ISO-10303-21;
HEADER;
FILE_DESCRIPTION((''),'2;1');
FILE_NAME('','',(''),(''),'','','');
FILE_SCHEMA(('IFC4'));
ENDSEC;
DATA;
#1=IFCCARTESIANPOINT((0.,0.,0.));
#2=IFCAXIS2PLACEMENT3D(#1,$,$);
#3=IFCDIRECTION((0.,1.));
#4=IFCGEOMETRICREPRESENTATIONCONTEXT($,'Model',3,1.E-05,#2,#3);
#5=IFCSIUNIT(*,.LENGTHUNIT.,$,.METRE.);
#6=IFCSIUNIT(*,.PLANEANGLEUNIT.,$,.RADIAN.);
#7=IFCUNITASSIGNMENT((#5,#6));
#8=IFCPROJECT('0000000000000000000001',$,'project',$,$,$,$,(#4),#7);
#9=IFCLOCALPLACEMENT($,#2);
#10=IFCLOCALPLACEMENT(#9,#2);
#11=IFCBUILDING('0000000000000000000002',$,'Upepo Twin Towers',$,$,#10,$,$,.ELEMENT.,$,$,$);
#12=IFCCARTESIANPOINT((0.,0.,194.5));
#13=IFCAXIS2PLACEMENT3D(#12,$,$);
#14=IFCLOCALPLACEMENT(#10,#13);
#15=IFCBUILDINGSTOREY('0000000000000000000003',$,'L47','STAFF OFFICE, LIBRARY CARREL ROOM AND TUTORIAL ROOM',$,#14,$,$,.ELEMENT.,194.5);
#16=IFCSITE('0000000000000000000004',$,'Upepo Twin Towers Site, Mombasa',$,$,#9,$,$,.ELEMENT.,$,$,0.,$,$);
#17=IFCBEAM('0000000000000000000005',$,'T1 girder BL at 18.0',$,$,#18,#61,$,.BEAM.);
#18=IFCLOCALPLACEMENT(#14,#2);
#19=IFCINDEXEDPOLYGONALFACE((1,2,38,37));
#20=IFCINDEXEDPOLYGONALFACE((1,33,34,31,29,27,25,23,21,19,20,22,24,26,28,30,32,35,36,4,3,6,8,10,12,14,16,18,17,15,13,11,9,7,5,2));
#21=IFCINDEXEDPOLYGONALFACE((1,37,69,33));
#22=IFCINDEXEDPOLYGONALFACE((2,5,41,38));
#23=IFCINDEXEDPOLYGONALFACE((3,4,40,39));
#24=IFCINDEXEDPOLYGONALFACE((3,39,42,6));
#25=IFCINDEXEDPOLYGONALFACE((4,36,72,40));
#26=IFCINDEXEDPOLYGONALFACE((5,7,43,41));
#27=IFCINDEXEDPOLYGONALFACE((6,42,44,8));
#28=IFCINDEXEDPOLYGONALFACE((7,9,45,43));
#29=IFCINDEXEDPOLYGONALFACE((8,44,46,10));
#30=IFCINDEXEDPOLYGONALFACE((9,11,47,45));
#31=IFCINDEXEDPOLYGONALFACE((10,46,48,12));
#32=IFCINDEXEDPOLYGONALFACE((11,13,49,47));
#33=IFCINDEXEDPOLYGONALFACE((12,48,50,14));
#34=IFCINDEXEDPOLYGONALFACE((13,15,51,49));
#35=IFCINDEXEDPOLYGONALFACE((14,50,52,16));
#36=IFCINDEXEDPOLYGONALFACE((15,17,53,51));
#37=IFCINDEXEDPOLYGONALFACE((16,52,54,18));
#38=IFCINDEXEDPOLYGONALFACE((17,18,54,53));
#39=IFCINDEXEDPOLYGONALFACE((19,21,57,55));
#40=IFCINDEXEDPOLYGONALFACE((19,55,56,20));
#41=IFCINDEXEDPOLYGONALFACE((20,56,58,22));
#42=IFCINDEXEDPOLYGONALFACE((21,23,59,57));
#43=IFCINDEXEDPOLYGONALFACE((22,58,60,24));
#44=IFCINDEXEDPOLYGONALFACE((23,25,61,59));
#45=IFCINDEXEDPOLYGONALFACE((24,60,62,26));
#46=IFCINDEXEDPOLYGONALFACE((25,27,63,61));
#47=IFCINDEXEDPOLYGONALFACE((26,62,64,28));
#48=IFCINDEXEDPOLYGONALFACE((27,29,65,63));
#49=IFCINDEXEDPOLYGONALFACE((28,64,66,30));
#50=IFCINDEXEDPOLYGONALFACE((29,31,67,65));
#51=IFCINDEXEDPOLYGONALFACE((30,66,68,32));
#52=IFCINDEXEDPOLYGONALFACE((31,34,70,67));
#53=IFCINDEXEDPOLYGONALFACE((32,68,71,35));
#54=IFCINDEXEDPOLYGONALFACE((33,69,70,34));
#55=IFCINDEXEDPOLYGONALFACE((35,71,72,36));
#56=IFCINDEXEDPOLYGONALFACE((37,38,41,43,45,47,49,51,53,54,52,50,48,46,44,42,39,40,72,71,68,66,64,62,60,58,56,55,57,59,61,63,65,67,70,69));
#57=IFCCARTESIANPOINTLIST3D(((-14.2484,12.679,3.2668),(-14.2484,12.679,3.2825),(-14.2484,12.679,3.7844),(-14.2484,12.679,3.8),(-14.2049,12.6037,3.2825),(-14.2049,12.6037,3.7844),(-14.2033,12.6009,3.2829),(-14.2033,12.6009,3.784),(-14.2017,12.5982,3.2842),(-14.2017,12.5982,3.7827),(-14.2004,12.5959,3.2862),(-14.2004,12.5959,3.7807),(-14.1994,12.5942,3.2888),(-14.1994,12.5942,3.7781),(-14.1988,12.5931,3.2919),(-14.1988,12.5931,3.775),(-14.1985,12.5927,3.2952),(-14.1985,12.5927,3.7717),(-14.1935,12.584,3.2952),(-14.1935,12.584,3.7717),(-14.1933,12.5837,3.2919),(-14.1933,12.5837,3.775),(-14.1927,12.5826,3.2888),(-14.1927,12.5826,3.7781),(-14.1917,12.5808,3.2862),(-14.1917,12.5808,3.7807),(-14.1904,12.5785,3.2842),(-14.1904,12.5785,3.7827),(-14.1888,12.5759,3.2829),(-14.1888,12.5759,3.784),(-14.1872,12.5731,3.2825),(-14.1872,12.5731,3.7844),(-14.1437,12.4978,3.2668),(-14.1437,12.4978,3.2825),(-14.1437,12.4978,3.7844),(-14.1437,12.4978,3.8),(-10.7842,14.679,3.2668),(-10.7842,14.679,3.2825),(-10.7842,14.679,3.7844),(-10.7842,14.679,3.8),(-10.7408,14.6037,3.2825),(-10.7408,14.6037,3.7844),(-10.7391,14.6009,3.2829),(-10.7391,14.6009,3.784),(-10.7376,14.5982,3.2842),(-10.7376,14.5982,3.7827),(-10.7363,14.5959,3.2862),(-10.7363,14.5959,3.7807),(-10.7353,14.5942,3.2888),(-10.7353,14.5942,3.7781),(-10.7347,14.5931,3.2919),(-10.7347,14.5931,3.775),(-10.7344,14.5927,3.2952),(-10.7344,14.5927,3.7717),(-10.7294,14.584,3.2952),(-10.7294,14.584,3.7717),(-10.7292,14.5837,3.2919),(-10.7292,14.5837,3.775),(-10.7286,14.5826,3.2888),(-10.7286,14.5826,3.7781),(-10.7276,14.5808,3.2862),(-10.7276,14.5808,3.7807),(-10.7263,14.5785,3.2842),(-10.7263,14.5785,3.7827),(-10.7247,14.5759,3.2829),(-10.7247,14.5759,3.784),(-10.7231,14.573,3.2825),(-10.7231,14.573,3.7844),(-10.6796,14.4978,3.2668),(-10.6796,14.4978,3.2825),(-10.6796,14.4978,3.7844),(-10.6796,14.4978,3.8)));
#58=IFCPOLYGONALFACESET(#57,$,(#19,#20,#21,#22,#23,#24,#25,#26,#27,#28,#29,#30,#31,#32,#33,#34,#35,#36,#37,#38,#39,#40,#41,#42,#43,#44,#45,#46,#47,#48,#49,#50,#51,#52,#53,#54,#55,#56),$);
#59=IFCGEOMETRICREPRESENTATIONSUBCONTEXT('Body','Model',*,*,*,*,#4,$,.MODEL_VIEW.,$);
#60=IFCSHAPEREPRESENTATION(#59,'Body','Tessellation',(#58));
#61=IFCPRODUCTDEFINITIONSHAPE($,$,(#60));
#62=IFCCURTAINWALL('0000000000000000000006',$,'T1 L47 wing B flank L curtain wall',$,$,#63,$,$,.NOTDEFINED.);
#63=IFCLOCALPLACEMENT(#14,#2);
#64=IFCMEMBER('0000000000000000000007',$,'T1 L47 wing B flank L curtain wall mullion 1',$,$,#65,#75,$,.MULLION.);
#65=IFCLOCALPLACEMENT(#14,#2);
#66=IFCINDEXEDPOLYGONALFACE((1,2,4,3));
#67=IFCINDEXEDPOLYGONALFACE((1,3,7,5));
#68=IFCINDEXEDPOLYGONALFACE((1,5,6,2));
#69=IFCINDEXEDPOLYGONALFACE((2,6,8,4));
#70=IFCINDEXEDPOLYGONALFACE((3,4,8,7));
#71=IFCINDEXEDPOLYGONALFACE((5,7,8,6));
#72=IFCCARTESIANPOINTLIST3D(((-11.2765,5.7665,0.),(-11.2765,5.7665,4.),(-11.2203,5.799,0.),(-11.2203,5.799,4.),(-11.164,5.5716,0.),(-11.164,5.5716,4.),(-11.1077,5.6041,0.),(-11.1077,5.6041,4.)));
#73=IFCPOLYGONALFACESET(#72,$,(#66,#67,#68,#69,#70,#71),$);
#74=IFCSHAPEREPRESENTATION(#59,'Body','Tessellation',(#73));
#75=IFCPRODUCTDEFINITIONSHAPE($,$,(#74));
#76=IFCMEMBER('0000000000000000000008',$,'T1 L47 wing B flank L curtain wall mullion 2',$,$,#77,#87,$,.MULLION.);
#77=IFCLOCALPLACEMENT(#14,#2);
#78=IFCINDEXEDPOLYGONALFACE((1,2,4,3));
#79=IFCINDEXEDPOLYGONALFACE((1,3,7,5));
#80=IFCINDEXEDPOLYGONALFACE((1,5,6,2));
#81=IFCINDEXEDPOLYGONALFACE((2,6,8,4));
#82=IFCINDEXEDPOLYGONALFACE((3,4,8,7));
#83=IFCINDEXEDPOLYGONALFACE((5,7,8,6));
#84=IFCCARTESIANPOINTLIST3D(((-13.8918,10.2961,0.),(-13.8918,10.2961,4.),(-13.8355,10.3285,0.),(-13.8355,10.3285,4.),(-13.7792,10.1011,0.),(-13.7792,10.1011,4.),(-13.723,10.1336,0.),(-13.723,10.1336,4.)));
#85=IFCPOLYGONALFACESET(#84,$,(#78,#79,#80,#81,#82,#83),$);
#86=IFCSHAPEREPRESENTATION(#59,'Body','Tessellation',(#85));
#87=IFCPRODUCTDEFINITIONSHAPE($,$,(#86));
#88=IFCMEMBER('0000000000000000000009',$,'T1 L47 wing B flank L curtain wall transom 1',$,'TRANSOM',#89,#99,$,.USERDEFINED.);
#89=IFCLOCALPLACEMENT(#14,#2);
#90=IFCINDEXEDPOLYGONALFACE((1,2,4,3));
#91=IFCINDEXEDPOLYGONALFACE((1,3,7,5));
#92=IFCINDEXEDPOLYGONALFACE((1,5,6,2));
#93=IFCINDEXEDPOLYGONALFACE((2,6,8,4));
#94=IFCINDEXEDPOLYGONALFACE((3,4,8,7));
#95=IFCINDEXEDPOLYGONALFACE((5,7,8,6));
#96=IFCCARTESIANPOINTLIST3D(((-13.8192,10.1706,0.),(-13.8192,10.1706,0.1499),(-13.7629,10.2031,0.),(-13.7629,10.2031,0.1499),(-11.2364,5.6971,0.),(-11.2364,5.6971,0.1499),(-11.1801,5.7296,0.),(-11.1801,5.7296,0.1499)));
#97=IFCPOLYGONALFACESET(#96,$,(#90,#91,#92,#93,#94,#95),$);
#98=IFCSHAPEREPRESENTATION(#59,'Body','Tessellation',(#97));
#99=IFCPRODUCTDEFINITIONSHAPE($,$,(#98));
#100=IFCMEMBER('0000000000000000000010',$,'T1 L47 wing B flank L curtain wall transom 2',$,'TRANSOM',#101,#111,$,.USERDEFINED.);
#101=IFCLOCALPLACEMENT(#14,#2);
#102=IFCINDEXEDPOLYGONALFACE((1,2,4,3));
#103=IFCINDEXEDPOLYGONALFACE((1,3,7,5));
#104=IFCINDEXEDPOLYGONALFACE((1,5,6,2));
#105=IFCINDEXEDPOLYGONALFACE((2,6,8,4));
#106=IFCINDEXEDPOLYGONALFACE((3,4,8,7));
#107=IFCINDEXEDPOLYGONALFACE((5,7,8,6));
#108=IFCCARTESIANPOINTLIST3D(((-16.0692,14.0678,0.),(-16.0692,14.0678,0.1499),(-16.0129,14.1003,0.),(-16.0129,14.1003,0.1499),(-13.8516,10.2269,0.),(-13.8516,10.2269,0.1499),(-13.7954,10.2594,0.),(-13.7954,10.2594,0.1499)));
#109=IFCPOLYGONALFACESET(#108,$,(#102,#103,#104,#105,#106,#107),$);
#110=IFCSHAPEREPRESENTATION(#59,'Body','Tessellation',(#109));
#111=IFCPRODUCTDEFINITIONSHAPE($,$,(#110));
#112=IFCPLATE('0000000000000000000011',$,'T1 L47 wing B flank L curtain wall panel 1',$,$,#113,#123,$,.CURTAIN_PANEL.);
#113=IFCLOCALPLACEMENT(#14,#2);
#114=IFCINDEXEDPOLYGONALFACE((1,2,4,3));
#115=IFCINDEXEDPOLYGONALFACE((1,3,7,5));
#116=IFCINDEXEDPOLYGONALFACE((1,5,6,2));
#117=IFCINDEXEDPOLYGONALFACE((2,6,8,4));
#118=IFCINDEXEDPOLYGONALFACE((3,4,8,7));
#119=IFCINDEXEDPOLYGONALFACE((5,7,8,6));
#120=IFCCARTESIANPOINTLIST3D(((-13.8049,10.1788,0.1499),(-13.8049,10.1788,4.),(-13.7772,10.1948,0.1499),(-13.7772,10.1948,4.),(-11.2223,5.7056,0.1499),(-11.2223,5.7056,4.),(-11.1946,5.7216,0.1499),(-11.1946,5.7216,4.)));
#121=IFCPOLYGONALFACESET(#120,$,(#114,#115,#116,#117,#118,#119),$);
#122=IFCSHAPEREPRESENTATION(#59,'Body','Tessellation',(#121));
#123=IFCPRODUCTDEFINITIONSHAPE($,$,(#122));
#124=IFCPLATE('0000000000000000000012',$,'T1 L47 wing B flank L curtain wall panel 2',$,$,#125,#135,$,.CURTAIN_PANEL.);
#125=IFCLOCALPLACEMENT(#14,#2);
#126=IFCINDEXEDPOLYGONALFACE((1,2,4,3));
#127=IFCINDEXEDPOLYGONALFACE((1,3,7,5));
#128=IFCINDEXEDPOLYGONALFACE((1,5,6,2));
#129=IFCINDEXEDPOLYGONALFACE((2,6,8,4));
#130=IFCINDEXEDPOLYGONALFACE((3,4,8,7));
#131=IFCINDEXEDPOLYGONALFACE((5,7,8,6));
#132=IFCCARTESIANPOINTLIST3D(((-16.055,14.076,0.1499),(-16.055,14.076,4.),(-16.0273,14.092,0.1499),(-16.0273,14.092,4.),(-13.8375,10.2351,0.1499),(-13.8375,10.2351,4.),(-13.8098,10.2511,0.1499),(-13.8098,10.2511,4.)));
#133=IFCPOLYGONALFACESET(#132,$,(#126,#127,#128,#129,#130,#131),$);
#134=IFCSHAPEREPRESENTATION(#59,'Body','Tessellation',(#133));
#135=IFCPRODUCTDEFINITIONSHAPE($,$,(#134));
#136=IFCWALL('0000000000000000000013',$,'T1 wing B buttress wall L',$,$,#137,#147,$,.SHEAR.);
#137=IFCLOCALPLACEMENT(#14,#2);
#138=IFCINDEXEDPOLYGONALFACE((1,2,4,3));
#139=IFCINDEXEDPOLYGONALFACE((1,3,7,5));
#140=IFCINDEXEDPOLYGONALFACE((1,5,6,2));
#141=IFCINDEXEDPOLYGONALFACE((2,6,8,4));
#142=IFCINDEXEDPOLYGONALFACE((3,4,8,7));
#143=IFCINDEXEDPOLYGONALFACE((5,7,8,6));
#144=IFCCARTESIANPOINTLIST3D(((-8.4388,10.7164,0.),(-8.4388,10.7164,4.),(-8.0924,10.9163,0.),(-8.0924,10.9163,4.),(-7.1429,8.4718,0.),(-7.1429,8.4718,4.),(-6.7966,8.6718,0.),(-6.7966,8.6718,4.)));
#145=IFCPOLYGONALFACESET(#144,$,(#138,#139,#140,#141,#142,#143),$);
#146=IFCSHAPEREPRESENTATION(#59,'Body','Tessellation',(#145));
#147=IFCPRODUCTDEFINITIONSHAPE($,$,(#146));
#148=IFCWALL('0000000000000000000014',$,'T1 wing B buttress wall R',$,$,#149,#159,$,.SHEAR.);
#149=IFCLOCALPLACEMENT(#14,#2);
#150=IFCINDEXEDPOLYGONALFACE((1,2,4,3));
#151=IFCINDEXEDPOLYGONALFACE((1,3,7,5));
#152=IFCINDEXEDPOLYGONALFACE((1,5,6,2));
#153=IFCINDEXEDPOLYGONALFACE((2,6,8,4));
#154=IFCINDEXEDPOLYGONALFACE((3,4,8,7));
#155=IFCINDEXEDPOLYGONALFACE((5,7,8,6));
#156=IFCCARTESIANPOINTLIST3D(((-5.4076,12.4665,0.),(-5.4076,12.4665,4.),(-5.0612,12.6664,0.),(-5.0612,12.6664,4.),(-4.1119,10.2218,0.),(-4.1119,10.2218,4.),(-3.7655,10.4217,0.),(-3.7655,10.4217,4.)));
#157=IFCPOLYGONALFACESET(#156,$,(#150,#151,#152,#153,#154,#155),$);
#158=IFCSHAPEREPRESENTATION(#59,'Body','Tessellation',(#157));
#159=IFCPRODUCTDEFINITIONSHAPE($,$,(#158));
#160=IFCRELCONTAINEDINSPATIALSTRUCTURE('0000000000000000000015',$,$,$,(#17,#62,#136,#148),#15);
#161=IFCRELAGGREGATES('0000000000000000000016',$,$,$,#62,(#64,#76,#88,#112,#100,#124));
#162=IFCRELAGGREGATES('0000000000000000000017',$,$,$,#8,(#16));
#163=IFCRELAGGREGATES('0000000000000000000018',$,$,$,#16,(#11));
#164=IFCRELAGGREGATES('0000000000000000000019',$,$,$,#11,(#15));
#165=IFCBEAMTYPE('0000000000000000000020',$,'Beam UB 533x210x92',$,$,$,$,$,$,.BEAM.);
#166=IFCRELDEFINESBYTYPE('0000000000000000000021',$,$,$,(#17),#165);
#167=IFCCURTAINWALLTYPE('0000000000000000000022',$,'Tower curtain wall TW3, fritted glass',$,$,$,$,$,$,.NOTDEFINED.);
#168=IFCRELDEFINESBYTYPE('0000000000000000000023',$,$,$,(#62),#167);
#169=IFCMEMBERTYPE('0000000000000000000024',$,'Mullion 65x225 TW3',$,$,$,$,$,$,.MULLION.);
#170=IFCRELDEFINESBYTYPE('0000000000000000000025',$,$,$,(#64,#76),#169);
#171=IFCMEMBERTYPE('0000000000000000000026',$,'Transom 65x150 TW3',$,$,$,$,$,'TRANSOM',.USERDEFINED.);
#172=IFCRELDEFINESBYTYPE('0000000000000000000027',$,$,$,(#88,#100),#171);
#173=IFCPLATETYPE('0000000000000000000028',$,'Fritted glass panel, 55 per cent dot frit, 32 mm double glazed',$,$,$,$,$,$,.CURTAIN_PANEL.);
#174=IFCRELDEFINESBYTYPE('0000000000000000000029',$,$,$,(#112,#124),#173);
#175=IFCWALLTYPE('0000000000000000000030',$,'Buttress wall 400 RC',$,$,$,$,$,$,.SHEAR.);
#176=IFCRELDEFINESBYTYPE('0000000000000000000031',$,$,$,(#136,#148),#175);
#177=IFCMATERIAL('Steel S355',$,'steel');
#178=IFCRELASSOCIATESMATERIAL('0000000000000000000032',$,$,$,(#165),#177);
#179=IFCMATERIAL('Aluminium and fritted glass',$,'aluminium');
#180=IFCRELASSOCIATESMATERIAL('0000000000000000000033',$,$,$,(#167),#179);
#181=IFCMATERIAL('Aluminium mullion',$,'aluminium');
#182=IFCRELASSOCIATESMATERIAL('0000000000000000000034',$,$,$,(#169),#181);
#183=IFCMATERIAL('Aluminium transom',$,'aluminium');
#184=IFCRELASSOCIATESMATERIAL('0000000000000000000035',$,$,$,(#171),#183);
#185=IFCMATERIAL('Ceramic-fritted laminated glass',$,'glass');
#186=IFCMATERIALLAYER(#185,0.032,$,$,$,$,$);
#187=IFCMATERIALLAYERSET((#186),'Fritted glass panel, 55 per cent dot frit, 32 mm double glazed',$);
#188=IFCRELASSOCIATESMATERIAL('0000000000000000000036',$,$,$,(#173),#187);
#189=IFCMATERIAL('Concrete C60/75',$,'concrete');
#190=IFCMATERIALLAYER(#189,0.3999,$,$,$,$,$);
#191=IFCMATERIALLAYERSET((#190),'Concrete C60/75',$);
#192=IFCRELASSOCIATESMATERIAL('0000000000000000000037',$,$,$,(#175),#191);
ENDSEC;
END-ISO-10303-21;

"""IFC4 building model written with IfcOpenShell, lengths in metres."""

from ifc_helpers import new_model, si_unit, direction, frame, frame_2d, origin, origin_2d, place, context, subcontext, project, spatial, rectangle, i_section, extrude, material, layer, layer_set, material_profile, profile_set, type_object, element, aggregate, save


model = new_model("IFC4")

# Units and contexts
model_context = context("Model", 3, precision=1e-05, world=origin(), true_north=direction((0.0, 1.0)))
body_context = subcontext(model_context, "Body", "Model", "MODEL_VIEW")
ifc_project = project(units=[si_unit("LENGTHUNIT", "METRE"), si_unit("PLANEANGLEUNIT", "RADIAN")], contexts=[model_context])

# Site, building, storey
site_placement = place(None, origin())
site = spatial("IfcSite", under=ifc_project, at=site_placement, Name="Upepo Twin Towers Site, Mombasa", CompositionType="ELEMENT", RefElevation=0.0)
building_placement = place(site_placement, origin())
building = spatial("IfcBuilding", under=site, at=building_placement, Name="Upepo Twin Towers", CompositionType="ELEMENT")
storey_placement = place(building_placement, frame((0.0, 0.0, 194.5)))
storey = spatial("IfcBuildingStorey", under=building, at=storey_placement, Name="L47", Description="STAFF OFFICE, LIBRARY CARREL ROOM AND TUTORIAL ROOM", CompositionType="ELEMENT", Elevation=194.5)

# Beam
ifc_material_1 = material(Name="Steel S355", Category="steel")
ifc_material_profile_1 = material_profile(ifc_material_1, i_section(OverallWidth=0.2092, OverallDepth=0.5332, WebThickness=0.01, FlangeThickness=0.0156, FilletRadius=0.0127, at=origin_2d()), Name="UB 533x210x92")
ifc_profile_set_1 = profile_set([ifc_material_profile_1], Name="Steel S355")
beam_type_1 = type_object("IfcBeamType", Name="Beam UB 533x210x92", PredefinedType="BEAM", material=ifc_profile_set_1)
for number, where, z_axis, x_axis, name in (
    (1, (-14.196, 12.5884, 3.5334), (0.866026, 0.499999, 0.0), (-0.499999, 0.866026, 0.0), "T1 girder BL at 18.0"),
):
    element("IfcBeam", number, at=place(storey_placement, frame(where, z_axis=z_axis, x_axis=x_axis)), inside=storey, type_object=beam_type_1, Name=name, PredefinedType="BEAM", context=body_context, shape_type="SweptSolid", body=[
        extrude(i_section(OverallWidth=0.2092, OverallDepth=0.5332, WebThickness=0.01, FlangeThickness=0.0156, FilletRadius=0.0127, at=origin_2d()), origin(), (0.0, 0.0, 1.0), 4.0),
    ])

# Curtain wall, members, plates
ifc_material_2 = material(Name="Aluminium and fritted glass", Category="aluminium")
curtain_wall_type = type_object("IfcCurtainWallType", Name="Tower curtain wall TW3, fritted glass", PredefinedType="NOTDEFINED", material=ifc_material_2)
curtain_wall_placement = place(storey_placement, origin())
curtain_wall = element("IfcCurtainWall", 2, at=curtain_wall_placement, inside=storey, type_object=curtain_wall_type, Name="T1 L47 wing B flank L curtain wall", PredefinedType="NOTDEFINED")
ifc_material_3 = material(Name="Aluminium mullion", Category="aluminium")
ifc_material_profile_2 = material_profile(ifc_material_3, rectangle(XDim=0.0649, YDim=0.2251, at=origin_2d()), Name="MULLION 65x225")
ifc_profile_set_2 = profile_set([ifc_material_profile_2], Name="Aluminium mullion")
member_type_1 = type_object("IfcMemberType", Name="Mullion 65x225 TW3", PredefinedType="MULLION", material=ifc_profile_set_2)
member_1_placement = place(storey_placement, frame((-11.1921, 5.6853, 0.0), z_axis=(0.0, 0.0, 1.0), x_axis=(-0.866025, -0.5, 0.0)))
member_1 = element("IfcMember", 3, at=member_1_placement, type_object=member_type_1, Name="T1 L47 wing B flank L curtain wall mullion 1", PredefinedType="MULLION", context=body_context, shape_type="SweptSolid", body=[
    extrude(rectangle(XDim=0.0649, YDim=0.2251, at=origin_2d()), origin(), (0.0, 0.0, 1.0), 4.0),
])
member_2_placement = place(storey_placement, frame((-13.8074, 10.2148, 0.0), z_axis=(0.0, 0.0, 1.0), x_axis=(-0.866025, -0.5, 0.0)))
member_2 = element("IfcMember", 4, at=member_2_placement, type_object=member_type_1, Name="T1 L47 wing B flank L curtain wall mullion 2", PredefinedType="MULLION", context=body_context, shape_type="SweptSolid", body=[
    extrude(rectangle(XDim=0.0649, YDim=0.2251, at=origin_2d()), origin(), (0.0, 0.0, 1.0), 4.0),
])
ifc_material_4 = material(Name="Aluminium transom", Category="aluminium")
ifc_material_profile_3 = material_profile(ifc_material_4, rectangle(XDim=0.0649, YDim=0.1499, at=origin_2d()), Name="TRANSOM 65x150")
ifc_profile_set_3 = profile_set([ifc_material_profile_3], Name="Aluminium transom")
member_type_2 = type_object("IfcMemberType", Name="Transom 65x150 TW3", ElementType="TRANSOM", PredefinedType="USERDEFINED", material=ifc_profile_set_3)
member_3_placement = place(storey_placement, frame((-11.2083, 5.7134, 0.075), z_axis=(-0.500007, 0.866021, 0.0), x_axis=(-0.866021, -0.500007, 0.0)))
member_3 = element("IfcMember", 5, at=member_3_placement, type_object=member_type_2, Name="T1 L47 wing B flank L curtain wall transom 1", ObjectType="TRANSOM", PredefinedType="USERDEFINED", context=body_context, shape_type="SweptSolid", body=[
    extrude(rectangle(XDim=0.0649, YDim=0.1499, at=origin_2d()), origin(), (0.0, 0.0, 1.0), 5.1655),
])
member_4_placement = place(storey_placement, frame((-13.8235, 10.2432, 0.075), z_axis=(-0.500005, 0.866022, 0.0), x_axis=(-0.866022, -0.500005, 0.0)))
member_4 = element("IfcMember", 6, at=member_4_placement, type_object=member_type_2, Name="T1 L47 wing B flank L curtain wall transom 2", ObjectType="TRANSOM", PredefinedType="USERDEFINED", context=body_context, shape_type="SweptSolid", body=[
    extrude(rectangle(XDim=0.0649, YDim=0.1499, at=origin_2d()), origin(), (0.0, 0.0, 1.0), 4.4351),
])
ifc_material_5 = material(Name="Ceramic-fritted laminated glass", Category="glass")
ifc_layer_1 = layer(ifc_material_5, 0.032)
ifc_layer_set_1 = layer_set([ifc_layer_1], Name="Fritted glass panel, 55 per cent dot frit, 32 mm double glazed")
plate_type = type_object("IfcPlateType", Name="Fritted glass panel, 55 per cent dot frit, 32 mm double glazed", PredefinedType="CURTAIN_PANEL", material=ifc_layer_set_1)
plate_1_placement = place(storey_placement, frame((-12.4998, 7.9502, 0.1499), z_axis=(0.0, 0.0, 1.0), x_axis=(-0.5, 0.866025, 0.0)))
plate_1 = element("IfcPlate", 7, at=plate_1_placement, type_object=plate_type, Name="T1 L47 wing B flank L curtain wall panel 1", PredefinedType="CURTAIN_PANEL", context=body_context, shape_type="SweptSolid", body=[
    extrude(rectangle(XDim=5.1653, YDim=0.032, at=origin_2d()), origin(), (0.0, 0.0, 1.0), 3.8501),
])
plate_2_placement = place(storey_placement, frame((-14.9324, 12.1636, 0.1499), z_axis=(0.0, 0.0, 1.0), x_axis=(-0.5, 0.866025, 0.0)))
plate_2 = element("IfcPlate", 8, at=plate_2_placement, type_object=plate_type, Name="T1 L47 wing B flank L curtain wall panel 2", PredefinedType="CURTAIN_PANEL", context=body_context, shape_type="SweptSolid", body=[
    extrude(rectangle(XDim=4.4351, YDim=0.032, at=origin_2d()), origin(), (0.0, 0.0, 1.0), 3.8501),
])
aggregate(curtain_wall, [member_1, member_2, member_3, plate_1, member_4, plate_2])

# Walls
ifc_material_6 = material(Name="Concrete C60/75", Category="concrete")
ifc_layer_2 = layer(ifc_material_6, 0.3999)
ifc_layer_set_2 = layer_set([ifc_layer_2], Name="Concrete C60/75")
wall_type_1 = type_object("IfcWallType", Name="Buttress wall 400 RC", PredefinedType="SHEAR", material=ifc_layer_set_2)
for number, where, z_axis, x_axis, name in (
    (9, (-6.9697, 8.5718, 0.0), (0.0, 0.0, 1.0), (-0.499989, 0.866032, 0.0), "T1 wing B buttress wall L"),
    (10, (-3.9387, 10.3218, 0.0), (0.0, 0.0, 1.0), (-0.499918, 0.866073, 0.0), "T1 wing B buttress wall R"),
):
    element("IfcWall", number, at=place(storey_placement, frame(where, z_axis=z_axis, x_axis=x_axis)), inside=storey, type_object=wall_type_1, Name=name, PredefinedType="SHEAR", context=body_context, shape_type="SweptSolid", body=[
        extrude(rectangle(XDim=2.5918, YDim=0.3999, at=frame_2d((1.2959, 0.0))), origin(), (0.0, 0.0, 1.0), 4.0),
    ])

save(model, "model.ifc")
